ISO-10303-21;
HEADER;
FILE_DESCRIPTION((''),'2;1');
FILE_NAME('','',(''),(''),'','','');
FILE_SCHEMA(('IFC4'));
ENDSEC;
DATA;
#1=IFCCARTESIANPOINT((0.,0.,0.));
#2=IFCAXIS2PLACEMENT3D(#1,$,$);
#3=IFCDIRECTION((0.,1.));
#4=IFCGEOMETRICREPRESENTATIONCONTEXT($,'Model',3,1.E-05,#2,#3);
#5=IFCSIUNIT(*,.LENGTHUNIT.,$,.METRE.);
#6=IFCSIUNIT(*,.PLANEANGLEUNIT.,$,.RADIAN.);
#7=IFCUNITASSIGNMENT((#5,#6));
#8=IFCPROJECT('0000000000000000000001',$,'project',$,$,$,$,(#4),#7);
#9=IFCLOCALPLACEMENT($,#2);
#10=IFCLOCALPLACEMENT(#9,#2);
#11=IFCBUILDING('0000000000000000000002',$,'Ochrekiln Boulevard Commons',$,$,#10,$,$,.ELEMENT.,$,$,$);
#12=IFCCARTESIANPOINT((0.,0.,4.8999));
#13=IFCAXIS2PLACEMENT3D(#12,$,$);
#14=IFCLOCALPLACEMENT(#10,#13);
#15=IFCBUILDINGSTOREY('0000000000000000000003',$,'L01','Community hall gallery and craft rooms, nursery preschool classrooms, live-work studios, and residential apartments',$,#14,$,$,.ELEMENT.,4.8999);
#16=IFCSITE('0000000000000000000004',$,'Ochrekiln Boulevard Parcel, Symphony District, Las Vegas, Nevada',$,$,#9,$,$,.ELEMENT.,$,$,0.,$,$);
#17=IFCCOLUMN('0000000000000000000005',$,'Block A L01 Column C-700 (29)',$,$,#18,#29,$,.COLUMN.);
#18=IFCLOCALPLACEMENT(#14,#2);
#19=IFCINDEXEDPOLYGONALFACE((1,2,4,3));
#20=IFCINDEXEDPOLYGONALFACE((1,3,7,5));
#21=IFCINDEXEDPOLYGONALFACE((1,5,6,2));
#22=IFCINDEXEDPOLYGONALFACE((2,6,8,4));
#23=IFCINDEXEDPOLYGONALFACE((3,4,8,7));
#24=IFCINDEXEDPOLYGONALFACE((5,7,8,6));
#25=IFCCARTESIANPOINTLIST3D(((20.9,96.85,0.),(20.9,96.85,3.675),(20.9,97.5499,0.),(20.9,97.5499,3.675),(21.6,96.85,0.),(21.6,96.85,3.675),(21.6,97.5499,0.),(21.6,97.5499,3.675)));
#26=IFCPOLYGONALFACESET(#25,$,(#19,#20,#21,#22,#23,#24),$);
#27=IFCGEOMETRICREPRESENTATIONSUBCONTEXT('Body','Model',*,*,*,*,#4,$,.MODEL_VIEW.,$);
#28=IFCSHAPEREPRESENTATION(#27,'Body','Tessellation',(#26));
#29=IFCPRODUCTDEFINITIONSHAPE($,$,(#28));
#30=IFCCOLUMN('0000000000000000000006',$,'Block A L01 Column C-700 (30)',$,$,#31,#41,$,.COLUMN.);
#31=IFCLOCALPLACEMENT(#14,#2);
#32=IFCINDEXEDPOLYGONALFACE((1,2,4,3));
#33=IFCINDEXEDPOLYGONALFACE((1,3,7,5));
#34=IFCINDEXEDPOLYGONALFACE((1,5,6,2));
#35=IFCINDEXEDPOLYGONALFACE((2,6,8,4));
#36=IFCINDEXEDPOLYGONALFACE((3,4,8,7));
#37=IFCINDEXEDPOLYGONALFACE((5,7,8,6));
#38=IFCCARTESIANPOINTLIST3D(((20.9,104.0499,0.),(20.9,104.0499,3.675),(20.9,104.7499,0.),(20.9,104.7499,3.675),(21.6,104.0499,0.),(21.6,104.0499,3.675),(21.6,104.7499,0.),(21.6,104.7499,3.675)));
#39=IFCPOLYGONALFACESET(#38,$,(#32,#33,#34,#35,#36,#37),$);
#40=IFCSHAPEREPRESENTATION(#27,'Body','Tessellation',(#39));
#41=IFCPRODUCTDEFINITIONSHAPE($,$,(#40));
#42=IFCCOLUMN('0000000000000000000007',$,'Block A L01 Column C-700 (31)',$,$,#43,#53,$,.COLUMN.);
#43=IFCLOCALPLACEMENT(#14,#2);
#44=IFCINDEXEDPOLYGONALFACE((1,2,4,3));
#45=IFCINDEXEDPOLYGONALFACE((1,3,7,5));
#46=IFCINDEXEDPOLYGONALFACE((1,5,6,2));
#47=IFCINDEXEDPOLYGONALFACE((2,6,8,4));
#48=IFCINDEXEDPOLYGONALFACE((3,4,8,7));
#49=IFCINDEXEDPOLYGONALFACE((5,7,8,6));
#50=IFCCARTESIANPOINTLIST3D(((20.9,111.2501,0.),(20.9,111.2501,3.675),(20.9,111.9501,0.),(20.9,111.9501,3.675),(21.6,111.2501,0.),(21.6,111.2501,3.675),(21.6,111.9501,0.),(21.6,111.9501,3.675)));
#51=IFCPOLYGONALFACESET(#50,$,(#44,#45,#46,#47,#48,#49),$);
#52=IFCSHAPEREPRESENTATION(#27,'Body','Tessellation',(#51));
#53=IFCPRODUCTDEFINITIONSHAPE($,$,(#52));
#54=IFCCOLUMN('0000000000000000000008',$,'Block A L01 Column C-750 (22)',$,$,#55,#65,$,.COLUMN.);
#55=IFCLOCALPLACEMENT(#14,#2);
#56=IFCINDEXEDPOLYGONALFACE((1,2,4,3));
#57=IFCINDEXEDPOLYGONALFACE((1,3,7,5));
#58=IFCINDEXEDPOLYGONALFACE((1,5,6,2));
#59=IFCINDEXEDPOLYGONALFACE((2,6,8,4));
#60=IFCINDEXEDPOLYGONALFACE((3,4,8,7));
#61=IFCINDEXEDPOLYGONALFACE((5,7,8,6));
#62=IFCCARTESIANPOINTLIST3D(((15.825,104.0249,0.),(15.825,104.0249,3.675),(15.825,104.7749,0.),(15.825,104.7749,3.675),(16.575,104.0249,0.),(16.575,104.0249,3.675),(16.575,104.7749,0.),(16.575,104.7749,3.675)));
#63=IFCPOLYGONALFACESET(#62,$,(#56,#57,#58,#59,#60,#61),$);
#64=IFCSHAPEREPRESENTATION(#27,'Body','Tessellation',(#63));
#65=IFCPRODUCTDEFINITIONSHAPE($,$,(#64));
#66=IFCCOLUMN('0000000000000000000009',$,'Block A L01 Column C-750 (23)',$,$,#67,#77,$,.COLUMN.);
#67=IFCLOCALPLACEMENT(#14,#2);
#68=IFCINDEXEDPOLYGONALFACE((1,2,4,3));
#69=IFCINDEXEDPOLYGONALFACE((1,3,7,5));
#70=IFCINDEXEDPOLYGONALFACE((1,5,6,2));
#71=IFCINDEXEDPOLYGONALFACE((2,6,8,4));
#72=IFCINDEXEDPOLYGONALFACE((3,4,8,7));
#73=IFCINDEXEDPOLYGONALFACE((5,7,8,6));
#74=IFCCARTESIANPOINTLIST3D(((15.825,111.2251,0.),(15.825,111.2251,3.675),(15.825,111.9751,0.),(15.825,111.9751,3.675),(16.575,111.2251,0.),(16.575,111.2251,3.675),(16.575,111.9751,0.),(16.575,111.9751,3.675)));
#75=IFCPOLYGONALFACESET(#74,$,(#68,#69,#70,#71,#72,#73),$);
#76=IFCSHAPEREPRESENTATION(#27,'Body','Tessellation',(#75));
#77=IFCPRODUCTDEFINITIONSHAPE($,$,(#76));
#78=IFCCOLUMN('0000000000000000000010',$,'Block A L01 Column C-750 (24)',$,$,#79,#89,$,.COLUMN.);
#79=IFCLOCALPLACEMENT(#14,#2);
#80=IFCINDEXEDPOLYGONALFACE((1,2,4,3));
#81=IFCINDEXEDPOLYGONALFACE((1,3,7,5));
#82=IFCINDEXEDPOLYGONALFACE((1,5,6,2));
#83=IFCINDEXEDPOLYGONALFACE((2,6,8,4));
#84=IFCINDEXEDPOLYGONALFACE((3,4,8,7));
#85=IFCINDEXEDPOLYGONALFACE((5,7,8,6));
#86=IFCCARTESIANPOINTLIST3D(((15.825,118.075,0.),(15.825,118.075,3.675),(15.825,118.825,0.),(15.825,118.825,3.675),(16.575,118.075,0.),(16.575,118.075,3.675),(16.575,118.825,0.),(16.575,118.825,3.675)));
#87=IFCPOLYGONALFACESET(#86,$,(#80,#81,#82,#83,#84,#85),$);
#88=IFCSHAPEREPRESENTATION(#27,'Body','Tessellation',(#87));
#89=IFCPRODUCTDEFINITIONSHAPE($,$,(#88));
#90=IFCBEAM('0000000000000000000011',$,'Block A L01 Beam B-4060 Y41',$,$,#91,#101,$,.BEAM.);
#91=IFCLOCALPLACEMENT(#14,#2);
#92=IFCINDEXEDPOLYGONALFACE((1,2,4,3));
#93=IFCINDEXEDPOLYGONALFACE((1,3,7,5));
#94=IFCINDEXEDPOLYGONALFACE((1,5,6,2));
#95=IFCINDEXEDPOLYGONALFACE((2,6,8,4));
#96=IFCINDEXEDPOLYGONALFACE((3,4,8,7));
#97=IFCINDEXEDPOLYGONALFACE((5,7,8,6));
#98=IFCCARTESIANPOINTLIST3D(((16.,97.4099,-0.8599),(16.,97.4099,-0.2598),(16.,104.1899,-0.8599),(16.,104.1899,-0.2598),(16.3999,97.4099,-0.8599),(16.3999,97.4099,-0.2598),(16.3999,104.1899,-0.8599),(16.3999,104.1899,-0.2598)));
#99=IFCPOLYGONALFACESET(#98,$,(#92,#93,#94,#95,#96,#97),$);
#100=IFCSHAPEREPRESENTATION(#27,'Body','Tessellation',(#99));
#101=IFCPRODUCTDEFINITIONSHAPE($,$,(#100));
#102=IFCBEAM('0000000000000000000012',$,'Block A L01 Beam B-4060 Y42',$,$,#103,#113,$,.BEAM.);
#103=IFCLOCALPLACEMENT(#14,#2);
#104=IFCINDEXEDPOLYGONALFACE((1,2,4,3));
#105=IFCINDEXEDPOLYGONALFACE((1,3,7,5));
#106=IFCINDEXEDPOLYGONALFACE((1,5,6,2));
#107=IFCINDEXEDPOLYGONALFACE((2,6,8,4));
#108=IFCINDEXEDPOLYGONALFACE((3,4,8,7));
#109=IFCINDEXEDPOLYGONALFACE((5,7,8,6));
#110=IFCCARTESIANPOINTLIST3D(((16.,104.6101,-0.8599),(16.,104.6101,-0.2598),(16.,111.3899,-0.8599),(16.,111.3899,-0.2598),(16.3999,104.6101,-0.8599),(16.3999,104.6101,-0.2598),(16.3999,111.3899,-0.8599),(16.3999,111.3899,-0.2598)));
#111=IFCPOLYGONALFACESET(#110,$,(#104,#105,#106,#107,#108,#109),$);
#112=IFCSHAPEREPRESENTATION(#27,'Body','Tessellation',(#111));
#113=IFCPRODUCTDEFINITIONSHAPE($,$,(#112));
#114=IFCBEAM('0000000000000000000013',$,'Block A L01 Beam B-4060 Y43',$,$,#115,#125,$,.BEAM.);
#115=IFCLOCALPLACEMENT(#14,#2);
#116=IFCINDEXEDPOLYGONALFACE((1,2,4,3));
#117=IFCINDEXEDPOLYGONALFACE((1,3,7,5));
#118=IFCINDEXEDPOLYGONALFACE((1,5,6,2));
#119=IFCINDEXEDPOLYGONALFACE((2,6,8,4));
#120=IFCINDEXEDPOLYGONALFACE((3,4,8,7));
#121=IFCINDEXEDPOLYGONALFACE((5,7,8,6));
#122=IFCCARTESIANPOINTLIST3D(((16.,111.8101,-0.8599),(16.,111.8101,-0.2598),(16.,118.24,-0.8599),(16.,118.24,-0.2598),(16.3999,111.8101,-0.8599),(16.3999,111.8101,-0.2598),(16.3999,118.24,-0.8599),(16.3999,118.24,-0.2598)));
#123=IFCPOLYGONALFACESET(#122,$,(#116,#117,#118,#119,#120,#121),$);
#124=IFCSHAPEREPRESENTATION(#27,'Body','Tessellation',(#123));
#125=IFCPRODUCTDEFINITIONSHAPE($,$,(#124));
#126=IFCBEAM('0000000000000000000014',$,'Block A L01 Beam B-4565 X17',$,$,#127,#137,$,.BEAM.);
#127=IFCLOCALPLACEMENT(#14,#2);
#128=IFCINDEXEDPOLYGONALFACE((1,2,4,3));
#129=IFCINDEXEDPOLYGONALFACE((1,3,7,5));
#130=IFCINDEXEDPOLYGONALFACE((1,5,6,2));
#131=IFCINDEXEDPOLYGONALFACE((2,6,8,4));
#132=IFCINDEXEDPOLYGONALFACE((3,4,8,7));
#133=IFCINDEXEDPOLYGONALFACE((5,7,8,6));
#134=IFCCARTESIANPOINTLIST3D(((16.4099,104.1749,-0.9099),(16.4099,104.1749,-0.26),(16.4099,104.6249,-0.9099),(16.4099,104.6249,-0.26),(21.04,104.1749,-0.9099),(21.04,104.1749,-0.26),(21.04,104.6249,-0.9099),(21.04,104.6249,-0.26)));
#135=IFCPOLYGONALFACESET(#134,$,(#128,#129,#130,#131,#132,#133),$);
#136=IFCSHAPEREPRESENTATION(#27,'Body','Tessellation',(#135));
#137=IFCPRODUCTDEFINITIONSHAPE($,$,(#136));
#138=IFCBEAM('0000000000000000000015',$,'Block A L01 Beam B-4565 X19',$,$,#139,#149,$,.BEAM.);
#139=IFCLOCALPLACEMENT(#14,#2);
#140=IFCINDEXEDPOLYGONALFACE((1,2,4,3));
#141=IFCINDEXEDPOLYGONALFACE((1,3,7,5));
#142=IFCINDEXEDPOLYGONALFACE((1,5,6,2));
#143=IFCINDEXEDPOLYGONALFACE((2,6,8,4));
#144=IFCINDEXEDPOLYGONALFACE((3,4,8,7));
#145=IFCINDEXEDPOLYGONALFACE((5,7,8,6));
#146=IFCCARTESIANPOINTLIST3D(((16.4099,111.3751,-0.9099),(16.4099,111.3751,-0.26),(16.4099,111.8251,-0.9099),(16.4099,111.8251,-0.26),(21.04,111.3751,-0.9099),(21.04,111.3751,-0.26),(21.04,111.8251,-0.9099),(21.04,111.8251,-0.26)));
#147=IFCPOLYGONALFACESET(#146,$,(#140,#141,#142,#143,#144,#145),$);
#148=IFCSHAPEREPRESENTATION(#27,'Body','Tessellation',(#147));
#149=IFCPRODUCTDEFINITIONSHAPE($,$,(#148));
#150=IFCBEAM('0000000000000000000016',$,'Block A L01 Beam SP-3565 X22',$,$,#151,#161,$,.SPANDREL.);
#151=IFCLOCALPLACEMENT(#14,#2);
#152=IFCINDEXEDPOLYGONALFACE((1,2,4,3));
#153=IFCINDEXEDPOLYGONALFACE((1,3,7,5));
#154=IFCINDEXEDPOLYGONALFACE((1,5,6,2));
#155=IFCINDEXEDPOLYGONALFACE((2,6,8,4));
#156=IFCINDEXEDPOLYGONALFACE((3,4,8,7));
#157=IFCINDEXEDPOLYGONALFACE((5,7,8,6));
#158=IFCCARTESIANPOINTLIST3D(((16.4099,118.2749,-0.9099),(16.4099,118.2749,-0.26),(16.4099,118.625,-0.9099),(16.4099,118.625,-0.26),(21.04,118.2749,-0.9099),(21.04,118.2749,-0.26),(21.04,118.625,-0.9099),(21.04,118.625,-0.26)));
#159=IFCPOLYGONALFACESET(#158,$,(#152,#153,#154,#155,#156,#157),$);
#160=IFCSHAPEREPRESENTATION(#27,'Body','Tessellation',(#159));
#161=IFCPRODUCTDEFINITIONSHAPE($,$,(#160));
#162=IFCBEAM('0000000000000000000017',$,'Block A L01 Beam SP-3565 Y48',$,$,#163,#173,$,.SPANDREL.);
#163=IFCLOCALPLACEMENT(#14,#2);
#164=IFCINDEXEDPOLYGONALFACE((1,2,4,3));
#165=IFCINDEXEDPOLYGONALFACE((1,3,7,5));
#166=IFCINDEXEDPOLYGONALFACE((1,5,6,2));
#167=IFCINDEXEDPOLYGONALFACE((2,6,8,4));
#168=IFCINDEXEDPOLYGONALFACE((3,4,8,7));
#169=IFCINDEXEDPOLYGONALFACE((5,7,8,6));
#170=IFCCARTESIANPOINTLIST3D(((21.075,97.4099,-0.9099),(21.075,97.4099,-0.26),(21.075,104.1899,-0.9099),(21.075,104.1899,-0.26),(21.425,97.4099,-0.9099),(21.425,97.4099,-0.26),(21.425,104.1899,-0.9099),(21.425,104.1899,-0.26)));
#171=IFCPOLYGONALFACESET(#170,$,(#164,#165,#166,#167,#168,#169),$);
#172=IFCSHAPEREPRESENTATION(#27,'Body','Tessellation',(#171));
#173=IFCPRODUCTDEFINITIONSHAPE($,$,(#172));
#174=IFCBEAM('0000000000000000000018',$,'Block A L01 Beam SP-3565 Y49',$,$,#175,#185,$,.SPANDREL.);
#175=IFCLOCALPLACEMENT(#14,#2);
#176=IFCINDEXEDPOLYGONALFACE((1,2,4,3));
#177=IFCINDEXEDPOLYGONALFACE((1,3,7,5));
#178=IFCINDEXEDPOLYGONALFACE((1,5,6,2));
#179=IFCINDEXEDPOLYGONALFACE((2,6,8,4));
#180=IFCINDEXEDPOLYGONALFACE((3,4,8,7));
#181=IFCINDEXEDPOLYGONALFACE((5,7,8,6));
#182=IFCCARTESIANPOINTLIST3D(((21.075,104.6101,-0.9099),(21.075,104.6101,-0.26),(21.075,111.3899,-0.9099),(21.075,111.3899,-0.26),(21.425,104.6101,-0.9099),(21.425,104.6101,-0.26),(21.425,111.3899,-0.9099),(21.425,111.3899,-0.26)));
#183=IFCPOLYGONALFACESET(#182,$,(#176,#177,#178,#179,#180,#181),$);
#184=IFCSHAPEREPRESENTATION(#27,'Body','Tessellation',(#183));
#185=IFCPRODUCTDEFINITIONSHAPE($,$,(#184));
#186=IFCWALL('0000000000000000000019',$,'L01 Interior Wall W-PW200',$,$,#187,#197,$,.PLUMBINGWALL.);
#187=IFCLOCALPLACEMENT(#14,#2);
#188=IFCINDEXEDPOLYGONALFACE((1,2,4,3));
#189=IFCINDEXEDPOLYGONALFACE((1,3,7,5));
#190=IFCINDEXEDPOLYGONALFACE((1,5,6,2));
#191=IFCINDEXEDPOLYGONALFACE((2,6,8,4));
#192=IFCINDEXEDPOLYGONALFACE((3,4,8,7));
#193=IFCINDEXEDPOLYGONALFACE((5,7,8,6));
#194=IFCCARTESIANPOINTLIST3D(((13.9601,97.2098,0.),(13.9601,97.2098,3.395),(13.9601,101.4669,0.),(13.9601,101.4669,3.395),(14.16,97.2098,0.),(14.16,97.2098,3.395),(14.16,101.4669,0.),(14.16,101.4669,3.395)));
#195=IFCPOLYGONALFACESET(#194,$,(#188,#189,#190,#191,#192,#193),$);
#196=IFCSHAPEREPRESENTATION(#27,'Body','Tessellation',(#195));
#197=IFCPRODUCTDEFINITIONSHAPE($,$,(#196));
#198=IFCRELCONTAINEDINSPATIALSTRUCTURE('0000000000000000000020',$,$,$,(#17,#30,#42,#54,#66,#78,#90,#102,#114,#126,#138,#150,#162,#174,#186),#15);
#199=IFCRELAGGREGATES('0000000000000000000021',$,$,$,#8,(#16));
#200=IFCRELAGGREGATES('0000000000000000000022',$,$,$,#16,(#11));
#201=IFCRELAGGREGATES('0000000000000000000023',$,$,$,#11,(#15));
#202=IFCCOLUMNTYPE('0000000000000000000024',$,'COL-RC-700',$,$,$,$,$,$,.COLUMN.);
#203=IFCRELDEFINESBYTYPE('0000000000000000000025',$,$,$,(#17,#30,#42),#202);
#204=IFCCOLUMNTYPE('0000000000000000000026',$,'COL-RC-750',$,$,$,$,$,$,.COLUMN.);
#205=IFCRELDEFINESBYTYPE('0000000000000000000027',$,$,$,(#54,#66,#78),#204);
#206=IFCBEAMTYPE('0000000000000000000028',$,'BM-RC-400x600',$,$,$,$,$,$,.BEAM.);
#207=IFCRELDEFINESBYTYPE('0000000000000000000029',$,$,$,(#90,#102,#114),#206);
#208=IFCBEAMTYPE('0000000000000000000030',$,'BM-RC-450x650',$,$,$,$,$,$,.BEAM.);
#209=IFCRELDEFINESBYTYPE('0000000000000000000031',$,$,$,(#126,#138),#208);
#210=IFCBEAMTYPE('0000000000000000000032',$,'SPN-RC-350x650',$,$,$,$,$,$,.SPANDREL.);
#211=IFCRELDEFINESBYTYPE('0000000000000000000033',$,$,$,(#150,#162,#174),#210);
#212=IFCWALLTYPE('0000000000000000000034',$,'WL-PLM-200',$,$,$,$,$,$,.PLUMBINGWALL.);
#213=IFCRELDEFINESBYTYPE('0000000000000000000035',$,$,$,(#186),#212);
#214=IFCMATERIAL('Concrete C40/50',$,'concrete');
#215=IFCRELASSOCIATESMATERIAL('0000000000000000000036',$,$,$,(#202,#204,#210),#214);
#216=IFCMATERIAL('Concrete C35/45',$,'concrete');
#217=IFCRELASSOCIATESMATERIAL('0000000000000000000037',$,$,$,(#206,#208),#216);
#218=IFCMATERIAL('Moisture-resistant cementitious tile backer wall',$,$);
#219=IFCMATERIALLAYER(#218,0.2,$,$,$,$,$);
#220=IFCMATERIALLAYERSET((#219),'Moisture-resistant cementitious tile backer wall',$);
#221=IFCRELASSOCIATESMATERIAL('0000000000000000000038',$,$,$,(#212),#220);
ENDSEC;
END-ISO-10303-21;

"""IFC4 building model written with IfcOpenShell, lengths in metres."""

from ifc_helpers import new_model, si_unit, direction, frame, frame_2d, origin, origin_2d, place, context, subcontext, project, spatial, rectangle, extrude, material, layer, layer_set, material_profile, profile_set, type_object, element, save


model = new_model("IFC4")

# Units and contexts
model_context = context("Model", 3, precision=1e-05, world=origin(), true_north=direction((0.0, 1.0)))
body_context = subcontext(model_context, "Body", "Model", "MODEL_VIEW")
ifc_project = project(units=[si_unit("LENGTHUNIT", "METRE"), si_unit("PLANEANGLEUNIT", "RADIAN")], contexts=[model_context])

# Site, building, storey
site_placement = place(None, origin())
site = spatial("IfcSite", under=ifc_project, at=site_placement, Name="Ochrekiln Boulevard Parcel, Symphony District, Las Vegas, Nevada", CompositionType="ELEMENT", RefElevation=0.0)
building_placement = place(site_placement, origin())
building = spatial("IfcBuilding", under=site, at=building_placement, Name="Ochrekiln Boulevard Commons", CompositionType="ELEMENT")
storey_placement = place(building_placement, frame((0.0, 0.0, 4.8999)))
storey = spatial("IfcBuildingStorey", under=building, at=storey_placement, Name="L01", Description="Community hall gallery and craft rooms, nursery preschool classrooms, live-work studios, and residential apartments", CompositionType="ELEMENT", Elevation=4.8999)

# Columns
ifc_material_1 = material(Name="Concrete C40/50", Category="concrete")
ifc_material_profile_1 = material_profile(ifc_material_1, rectangle(XDim=0.7, YDim=0.7, at=origin_2d()), Name="RC-COL-700x700")
ifc_profile_set_1 = profile_set([ifc_material_profile_1], Name="Concrete C40/50")
column_type_1 = type_object("IfcColumnType", Name="COL-RC-700", PredefinedType="COLUMN", material=ifc_profile_set_1)
for number, where, z_axis, x_axis, name in (
    (1, (21.25, 97.2, 0.0), (0.0, 0.0, 1.0), (1.0, 0.0, 0.0), "Block A L01 Column C-700 (29)"),
    (2, (21.25, 104.3999, 0.0), (0.0, 0.0, 1.0), (1.0, 0.0, 0.0), "Block A L01 Column C-700 (30)"),
    (3, (21.25, 111.6001, 0.0), (0.0, 0.0, 1.0), (1.0, 0.0, 0.0), "Block A L01 Column C-700 (31)"),
):
    element("IfcColumn", number, at=place(storey_placement, frame(where, z_axis=z_axis, x_axis=x_axis)), inside=storey, type_object=column_type_1, Name=name, PredefinedType="COLUMN", context=body_context, shape_type="SweptSolid", body=[
        extrude(rectangle(XDim=0.7, YDim=0.7, at=origin_2d()), origin(), (0.0, 0.0, 1.0), 3.675),
    ])
ifc_material_profile_2 = material_profile(ifc_material_1, rectangle(XDim=0.75, YDim=0.75, at=origin_2d()), Name="RC-COL-750x750")
ifc_profile_set_2 = profile_set([ifc_material_profile_2], Name="Concrete C40/50")
column_type_2 = type_object("IfcColumnType", Name="COL-RC-750", PredefinedType="COLUMN", material=ifc_profile_set_2)
for number, where, z_axis, x_axis, name in (
    (4, (16.2, 104.3999, 0.0), (0.0, 0.0, 1.0), (1.0, 0.0, 0.0), "Block A L01 Column C-750 (22)"),
    (5, (16.2, 111.6001, 0.0), (0.0, 0.0, 1.0), (1.0, 0.0, 0.0), "Block A L01 Column C-750 (23)"),
    (6, (16.2, 118.45, 0.0), (0.0, 0.0, 1.0), (1.0, 0.0, 0.0), "Block A L01 Column C-750 (24)"),
):
    element("IfcColumn", number, at=place(storey_placement, frame(where, z_axis=z_axis, x_axis=x_axis)), inside=storey, type_object=column_type_2, Name=name, PredefinedType="COLUMN", context=body_context, shape_type="SweptSolid", body=[
        extrude(rectangle(XDim=0.75, YDim=0.75, at=origin_2d()), origin(), (0.0, 0.0, 1.0), 3.675),
    ])

# Beams
ifc_material_2 = material(Name="Concrete C35/45", Category="concrete")
ifc_material_profile_3 = material_profile(ifc_material_2, rectangle(XDim=0.3999, YDim=0.6001, at=origin_2d()), Name="RC-BM-400x600")
ifc_profile_set_3 = profile_set([ifc_material_profile_3], Name="Concrete C35/45")
beam_type_1 = type_object("IfcBeamType", Name="BM-RC-400x600", PredefinedType="BEAM", material=ifc_profile_set_3)
beam_1_placement = place(storey_placement, frame((16.2, 97.4099, -0.5598), z_axis=(0.0, 1.0, 0.0), x_axis=(-1.0, 0.0, 0.0)))
element("IfcBeam", 7, at=beam_1_placement, inside=storey, type_object=beam_type_1, Name="Block A L01 Beam B-4060 Y41", PredefinedType="BEAM", context=body_context, shape_type="SweptSolid", body=[
    extrude(rectangle(XDim=0.3999, YDim=0.6001, at=origin_2d()), origin(), (0.0, 0.0, 1.0), 6.78),
])
beam_2_placement = place(storey_placement, frame((16.2, 104.6101, -0.5598), z_axis=(0.0, 1.0, 0.0), x_axis=(-1.0, 0.0, 0.0)))
element("IfcBeam", 8, at=beam_2_placement, inside=storey, type_object=beam_type_1, Name="Block A L01 Beam B-4060 Y42", PredefinedType="BEAM", context=body_context, shape_type="SweptSolid", body=[
    extrude(rectangle(XDim=0.3999, YDim=0.6001, at=origin_2d()), origin(), (0.0, 0.0, 1.0), 6.7798),
])
beam_3_placement = place(storey_placement, frame((16.2, 111.8101, -0.5598), z_axis=(0.0, 1.0, 0.0), x_axis=(-1.0, 0.0, 0.0)))
element("IfcBeam", 9, at=beam_3_placement, inside=storey, type_object=beam_type_1, Name="Block A L01 Beam B-4060 Y43", PredefinedType="BEAM", context=body_context, shape_type="SweptSolid", body=[
    extrude(rectangle(XDim=0.3999, YDim=0.6001, at=origin_2d()), origin(), (0.0, 0.0, 1.0), 6.4299),
])
ifc_material_profile_4 = material_profile(ifc_material_2, rectangle(XDim=0.45, YDim=0.6499, at=origin_2d()), Name="RC-BM-450x650")
ifc_profile_set_4 = profile_set([ifc_material_profile_4], Name="Concrete C35/45")
beam_type_2 = type_object("IfcBeamType", Name="BM-RC-450x650", PredefinedType="BEAM", material=ifc_profile_set_4)
for number, where, z_axis, x_axis, name in (
    (10, (16.4099, 104.3999, -0.585), (1.0, 0.0, 0.0), (0.0, 1.0, 0.0), "Block A L01 Beam B-4565 X17"),
    (11, (16.4099, 111.6001, -0.585), (1.0, 0.0, 0.0), (0.0, 1.0, 0.0), "Block A L01 Beam B-4565 X19"),
):
    element("IfcBeam", number, at=place(storey_placement, frame(where, z_axis=z_axis, x_axis=x_axis)), inside=storey, type_object=beam_type_2, Name=name, PredefinedType="BEAM", context=body_context, shape_type="SweptSolid", body=[
        extrude(rectangle(XDim=0.45, YDim=0.6499, at=origin_2d()), origin(), (0.0, 0.0, 1.0), 4.6301),
    ])
ifc_material_profile_5 = material_profile(ifc_material_1, rectangle(XDim=0.3501, YDim=0.6499, at=origin_2d()), Name="RC-SPN-350x650")
ifc_profile_set_5 = profile_set([ifc_material_profile_5], Name="Concrete C40/50")
beam_type_3 = type_object("IfcBeamType", Name="SPN-RC-350x650", PredefinedType="SPANDREL", material=ifc_profile_set_5)
beam_4_placement = place(storey_placement, frame((16.4099, 118.45, -0.585), z_axis=(1.0, 0.0, 0.0), x_axis=(0.0, 1.0, 0.0)))
element("IfcBeam", 12, at=beam_4_placement, inside=storey, type_object=beam_type_3, Name="Block A L01 Beam SP-3565 X22", PredefinedType="SPANDREL", context=body_context, shape_type="SweptSolid", body=[
    extrude(rectangle(XDim=0.3501, YDim=0.6499, at=origin_2d()), origin(), (0.0, 0.0, 1.0), 4.6301),
])
beam_5_placement = place(storey_placement, frame((21.25, 97.4099, -0.585), z_axis=(0.0, 1.0, 0.0), x_axis=(-1.0, 0.0, 0.0)))
element("IfcBeam", 13, at=beam_5_placement, inside=storey, type_object=beam_type_3, Name="Block A L01 Beam SP-3565 Y48", PredefinedType="SPANDREL", context=body_context, shape_type="SweptSolid", body=[
    extrude(rectangle(XDim=0.3501, YDim=0.6499, at=origin_2d()), origin(), (0.0, 0.0, 1.0), 6.78),
])
beam_6_placement = place(storey_placement, frame((21.25, 104.6101, -0.585), z_axis=(0.0, 1.0, 0.0), x_axis=(-1.0, 0.0, 0.0)))
element("IfcBeam", 14, at=beam_6_placement, inside=storey, type_object=beam_type_3, Name="Block A L01 Beam SP-3565 Y49", PredefinedType="SPANDREL", context=body_context, shape_type="SweptSolid", body=[
    extrude(rectangle(XDim=0.3501, YDim=0.6499, at=origin_2d()), origin(), (0.0, 0.0, 1.0), 6.7798),
])

# Wall
ifc_material_3 = material(Name="Moisture-resistant cementitious tile backer wall")
ifc_layer_1 = layer(ifc_material_3, 0.2)
ifc_layer_set_1 = layer_set([ifc_layer_1], Name="Moisture-resistant cementitious tile backer wall")
wall_type_1 = type_object("IfcWallType", Name="WL-PLM-200", PredefinedType="PLUMBINGWALL", material=ifc_layer_set_1)
wall_1_placement = place(storey_placement, frame((14.0601, 97.21, 0.0), z_axis=(0.0, 0.0, 1.0), x_axis=(0.0, 1.0, 0.0)))
element("IfcWall", 15, at=wall_1_placement, inside=storey, type_object=wall_type_1, Name="L01 Interior Wall W-PW200", PredefinedType="PLUMBINGWALL", context=body_context, shape_type="SweptSolid", body=[
    extrude(rectangle(XDim=4.2571, YDim=0.2, at=frame_2d((2.1284, 0.0))), origin(), (0.0, 0.0, 1.0), 3.395),
])

save(model, "model.ifc")
